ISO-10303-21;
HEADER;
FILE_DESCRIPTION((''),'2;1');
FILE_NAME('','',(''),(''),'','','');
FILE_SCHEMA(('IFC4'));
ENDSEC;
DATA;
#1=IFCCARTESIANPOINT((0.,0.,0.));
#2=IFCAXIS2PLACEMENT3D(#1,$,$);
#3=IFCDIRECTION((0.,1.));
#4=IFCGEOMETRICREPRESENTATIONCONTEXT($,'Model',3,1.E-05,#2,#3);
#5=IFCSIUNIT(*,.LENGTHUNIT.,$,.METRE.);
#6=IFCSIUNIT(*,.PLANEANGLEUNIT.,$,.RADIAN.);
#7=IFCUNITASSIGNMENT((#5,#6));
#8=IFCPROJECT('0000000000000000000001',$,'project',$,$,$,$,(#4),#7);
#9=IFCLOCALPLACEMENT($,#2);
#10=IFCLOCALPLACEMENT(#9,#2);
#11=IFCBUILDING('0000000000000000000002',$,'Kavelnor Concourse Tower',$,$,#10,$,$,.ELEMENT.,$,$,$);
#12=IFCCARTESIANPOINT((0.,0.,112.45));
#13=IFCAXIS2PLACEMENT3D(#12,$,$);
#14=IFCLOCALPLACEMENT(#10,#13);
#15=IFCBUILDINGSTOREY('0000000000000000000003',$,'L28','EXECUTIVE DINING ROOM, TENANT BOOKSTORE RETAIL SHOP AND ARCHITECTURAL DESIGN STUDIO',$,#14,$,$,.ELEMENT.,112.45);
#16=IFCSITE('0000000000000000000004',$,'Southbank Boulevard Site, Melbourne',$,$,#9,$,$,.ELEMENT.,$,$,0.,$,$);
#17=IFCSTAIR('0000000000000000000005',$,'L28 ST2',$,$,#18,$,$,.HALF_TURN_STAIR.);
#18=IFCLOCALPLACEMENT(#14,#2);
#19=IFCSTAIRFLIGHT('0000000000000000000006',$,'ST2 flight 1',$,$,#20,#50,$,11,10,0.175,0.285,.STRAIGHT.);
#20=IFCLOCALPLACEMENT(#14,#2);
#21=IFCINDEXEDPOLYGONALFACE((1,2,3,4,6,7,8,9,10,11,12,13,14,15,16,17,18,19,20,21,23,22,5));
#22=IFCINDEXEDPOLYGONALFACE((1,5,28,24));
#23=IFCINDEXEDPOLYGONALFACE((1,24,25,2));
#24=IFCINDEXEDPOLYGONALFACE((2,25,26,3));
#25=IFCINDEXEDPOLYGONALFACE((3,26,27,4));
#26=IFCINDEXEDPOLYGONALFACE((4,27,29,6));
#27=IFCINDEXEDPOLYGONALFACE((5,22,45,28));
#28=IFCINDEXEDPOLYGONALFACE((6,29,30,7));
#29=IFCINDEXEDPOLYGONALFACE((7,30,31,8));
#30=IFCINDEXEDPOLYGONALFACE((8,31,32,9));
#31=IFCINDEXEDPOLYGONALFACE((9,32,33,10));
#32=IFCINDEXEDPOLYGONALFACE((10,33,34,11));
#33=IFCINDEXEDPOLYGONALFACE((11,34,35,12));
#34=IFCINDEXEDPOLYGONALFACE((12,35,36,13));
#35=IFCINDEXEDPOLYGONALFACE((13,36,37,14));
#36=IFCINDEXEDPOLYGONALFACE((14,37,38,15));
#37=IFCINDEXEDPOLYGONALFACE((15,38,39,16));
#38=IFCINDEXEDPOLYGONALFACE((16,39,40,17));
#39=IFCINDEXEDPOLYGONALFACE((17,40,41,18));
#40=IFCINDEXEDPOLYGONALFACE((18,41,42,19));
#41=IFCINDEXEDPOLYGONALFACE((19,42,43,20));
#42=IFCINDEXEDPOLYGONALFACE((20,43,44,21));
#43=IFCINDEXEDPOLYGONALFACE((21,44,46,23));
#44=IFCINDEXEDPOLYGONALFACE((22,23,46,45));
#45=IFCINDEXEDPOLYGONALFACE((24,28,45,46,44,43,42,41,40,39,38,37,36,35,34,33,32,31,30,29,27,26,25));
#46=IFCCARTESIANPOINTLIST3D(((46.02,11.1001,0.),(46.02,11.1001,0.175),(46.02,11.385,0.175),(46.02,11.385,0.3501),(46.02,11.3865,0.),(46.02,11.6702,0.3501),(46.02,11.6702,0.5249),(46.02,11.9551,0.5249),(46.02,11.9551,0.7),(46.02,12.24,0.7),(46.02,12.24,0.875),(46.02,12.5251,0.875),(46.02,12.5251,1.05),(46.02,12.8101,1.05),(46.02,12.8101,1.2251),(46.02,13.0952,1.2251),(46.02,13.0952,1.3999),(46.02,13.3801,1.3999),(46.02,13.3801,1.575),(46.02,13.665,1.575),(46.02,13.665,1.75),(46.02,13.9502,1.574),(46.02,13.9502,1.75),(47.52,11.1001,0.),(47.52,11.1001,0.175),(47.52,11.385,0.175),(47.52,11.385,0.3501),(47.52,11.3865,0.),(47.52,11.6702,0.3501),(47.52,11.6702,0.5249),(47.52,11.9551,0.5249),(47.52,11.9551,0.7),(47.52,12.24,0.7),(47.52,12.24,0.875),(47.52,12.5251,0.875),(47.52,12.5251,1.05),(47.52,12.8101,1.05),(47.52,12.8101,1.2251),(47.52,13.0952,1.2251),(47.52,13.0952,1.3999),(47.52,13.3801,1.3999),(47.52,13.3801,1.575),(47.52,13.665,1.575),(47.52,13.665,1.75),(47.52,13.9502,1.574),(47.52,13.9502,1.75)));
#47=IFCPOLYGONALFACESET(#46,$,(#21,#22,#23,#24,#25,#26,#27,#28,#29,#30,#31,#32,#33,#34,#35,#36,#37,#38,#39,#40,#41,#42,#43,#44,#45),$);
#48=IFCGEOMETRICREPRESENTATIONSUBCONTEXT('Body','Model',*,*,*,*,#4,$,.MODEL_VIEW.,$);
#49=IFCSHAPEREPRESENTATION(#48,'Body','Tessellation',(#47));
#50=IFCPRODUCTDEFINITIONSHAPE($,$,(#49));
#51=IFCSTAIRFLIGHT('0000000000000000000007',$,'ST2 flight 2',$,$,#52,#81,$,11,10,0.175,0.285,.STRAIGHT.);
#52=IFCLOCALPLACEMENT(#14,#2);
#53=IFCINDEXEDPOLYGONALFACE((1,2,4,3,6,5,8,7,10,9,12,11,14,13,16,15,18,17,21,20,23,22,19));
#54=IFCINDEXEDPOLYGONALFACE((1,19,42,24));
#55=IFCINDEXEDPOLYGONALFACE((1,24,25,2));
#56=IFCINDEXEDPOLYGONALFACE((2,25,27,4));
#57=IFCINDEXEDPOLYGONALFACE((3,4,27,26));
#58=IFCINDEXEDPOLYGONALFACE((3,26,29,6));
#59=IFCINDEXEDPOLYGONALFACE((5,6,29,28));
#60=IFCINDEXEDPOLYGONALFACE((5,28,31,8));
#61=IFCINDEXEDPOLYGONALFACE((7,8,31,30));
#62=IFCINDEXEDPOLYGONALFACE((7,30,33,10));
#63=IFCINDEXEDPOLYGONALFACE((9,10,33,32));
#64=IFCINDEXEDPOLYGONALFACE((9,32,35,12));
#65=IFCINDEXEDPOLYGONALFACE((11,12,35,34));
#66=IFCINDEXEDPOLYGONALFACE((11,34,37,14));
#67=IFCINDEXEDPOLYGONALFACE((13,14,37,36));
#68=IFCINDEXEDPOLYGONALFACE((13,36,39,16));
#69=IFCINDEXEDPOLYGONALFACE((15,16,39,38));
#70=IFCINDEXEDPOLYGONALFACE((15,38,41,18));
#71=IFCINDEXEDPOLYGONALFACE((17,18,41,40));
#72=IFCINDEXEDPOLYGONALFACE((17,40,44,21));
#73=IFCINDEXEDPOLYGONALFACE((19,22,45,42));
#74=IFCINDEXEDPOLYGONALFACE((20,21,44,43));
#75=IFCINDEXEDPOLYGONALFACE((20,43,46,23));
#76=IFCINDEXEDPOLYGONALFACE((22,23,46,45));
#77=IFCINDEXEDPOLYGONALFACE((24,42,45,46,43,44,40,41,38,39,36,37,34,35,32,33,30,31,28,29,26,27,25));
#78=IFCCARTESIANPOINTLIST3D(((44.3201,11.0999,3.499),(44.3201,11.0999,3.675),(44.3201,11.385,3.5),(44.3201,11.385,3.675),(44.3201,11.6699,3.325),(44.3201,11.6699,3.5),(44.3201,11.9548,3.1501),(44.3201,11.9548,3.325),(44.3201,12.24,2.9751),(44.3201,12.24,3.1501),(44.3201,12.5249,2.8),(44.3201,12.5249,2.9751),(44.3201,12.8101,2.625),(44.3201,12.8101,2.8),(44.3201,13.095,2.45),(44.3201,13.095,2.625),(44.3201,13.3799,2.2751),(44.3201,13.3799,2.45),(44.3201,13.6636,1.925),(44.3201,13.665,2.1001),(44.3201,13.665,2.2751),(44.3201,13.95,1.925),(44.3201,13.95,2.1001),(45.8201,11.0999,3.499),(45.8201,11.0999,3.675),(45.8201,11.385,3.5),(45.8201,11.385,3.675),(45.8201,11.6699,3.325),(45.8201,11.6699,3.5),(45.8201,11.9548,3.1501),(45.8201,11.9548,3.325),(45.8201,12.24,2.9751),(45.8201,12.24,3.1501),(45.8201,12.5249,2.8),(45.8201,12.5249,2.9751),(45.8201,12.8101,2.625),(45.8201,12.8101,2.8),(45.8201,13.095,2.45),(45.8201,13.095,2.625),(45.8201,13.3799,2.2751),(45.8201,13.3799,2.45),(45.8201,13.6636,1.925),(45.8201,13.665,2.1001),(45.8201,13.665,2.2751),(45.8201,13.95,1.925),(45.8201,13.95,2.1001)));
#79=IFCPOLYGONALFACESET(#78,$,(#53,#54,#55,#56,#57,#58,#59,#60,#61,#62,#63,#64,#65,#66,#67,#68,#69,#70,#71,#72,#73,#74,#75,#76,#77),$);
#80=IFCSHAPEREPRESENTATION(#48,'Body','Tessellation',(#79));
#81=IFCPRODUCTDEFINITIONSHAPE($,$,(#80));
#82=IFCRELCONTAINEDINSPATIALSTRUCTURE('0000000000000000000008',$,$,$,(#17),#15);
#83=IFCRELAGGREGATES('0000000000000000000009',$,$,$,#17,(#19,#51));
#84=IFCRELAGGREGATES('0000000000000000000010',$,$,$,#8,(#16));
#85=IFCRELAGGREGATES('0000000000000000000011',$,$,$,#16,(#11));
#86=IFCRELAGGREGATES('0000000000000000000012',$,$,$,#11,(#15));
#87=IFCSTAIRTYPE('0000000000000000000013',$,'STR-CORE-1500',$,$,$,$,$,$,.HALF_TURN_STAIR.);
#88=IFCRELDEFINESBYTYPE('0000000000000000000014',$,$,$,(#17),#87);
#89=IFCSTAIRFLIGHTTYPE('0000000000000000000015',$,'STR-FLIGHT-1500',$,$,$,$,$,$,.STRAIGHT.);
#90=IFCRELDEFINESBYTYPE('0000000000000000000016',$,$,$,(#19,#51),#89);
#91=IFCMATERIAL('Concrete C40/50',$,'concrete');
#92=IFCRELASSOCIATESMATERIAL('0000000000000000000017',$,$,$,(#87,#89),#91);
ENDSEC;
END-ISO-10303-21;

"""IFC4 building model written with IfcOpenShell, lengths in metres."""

from ifc_helpers import new_model, si_unit, direction, frame, origin, place, context, subcontext, project, spatial, polyline, outline, extrude, material, type_object, element, aggregate, save


model = new_model("IFC4")

# Units and contexts
model_context = context("Model", 3, precision=1e-05, world=origin(), true_north=direction((0.0, 1.0)))
body_context = subcontext(model_context, "Body", "Model", "MODEL_VIEW")
ifc_project = project(units=[si_unit("LENGTHUNIT", "METRE"), si_unit("PLANEANGLEUNIT", "RADIAN")], contexts=[model_context])

# Site, building, storey
site_placement = place(None, origin())
site = spatial("IfcSite", under=ifc_project, at=site_placement, Name="Southbank Boulevard Site, Melbourne", CompositionType="ELEMENT", RefElevation=0.0)
building_placement = place(site_placement, origin())
building = spatial("IfcBuilding", under=site, at=building_placement, Name="Kavelnor Concourse Tower", CompositionType="ELEMENT")
storey_placement = place(building_placement, frame((0.0, 0.0, 112.45)))
storey = spatial("IfcBuildingStorey", under=building, at=storey_placement, Name="L28", Description="EXECUTIVE DINING ROOM, TENANT BOOKSTORE RETAIL SHOP AND ARCHITECTURAL DESIGN STUDIO", CompositionType="ELEMENT", Elevation=112.45)

# Stair, stair flights
ifc_material_1 = material(Name="Concrete C40/50", Category="concrete")
stair_type = type_object("IfcStairType", Name="STR-CORE-1500", PredefinedType="HALF_TURN_STAIR", material=ifc_material_1)
stair_placement = place(storey_placement, origin())
stair = element("IfcStair", 1, at=stair_placement, inside=storey, type_object=stair_type, Name="L28 ST2", PredefinedType="HALF_TURN_STAIR")
stair_flight_type = type_object("IfcStairFlightType", Name="STR-FLIGHT-1500", PredefinedType="STRAIGHT", material=ifc_material_1)
stair_flight_1_placement = place(storey_placement, frame((46.77, 11.1001, 0.0), z_axis=(0.0, 0.0, 1.0), x_axis=(0.0, 1.0, 0.0)))
stair_flight_1 = element("IfcStairFlight", 2, at=stair_flight_1_placement, type_object=stair_flight_type, Name="ST2 flight 1", NumberOfRisers=11, NumberOfTreads=10, PredefinedType="STRAIGHT", RiserHeight=0.175, TreadLength=0.285, context=body_context, shape_type="SweptSolid", body=[
    extrude(outline(polyline([(0.0, 0.0), (0.0, 0.175), (0.2849, 0.175), (0.2849, 0.3501), (0.5701, 0.3501), (0.5701, 0.5249), (0.855, 0.5249), (0.855, 0.7), (1.1399, 0.7), (1.1399, 0.875), (1.425, 0.875), (1.425, 1.05), (1.71, 1.05), (1.71, 1.2251), (1.9951, 1.2251), (1.9951, 1.3999), (2.28, 1.3999), (2.28, 1.575), (2.5649, 1.575), (2.5649, 1.75), (2.8501, 1.75), (2.8501, 1.925), (2.8501, 1.574), (0.2864, 0.0), (0.0, 0.0)])), frame((0.0, 0.75, 0.0), z_axis=(0.0, -1.0, 0.0), x_axis=(1.0, 0.0, 0.0)), (0.0, 0.0, 1.0), 1.5),
])
stair_flight_2_placement = place(storey_placement, frame((45.0701, 13.95, 1.925), z_axis=(0.0, 0.0, 1.0), x_axis=(0.0, -1.0, 0.0)))
stair_flight_2 = element("IfcStairFlight", 3, at=stair_flight_2_placement, type_object=stair_flight_type, Name="ST2 flight 2", NumberOfRisers=11, NumberOfTreads=10, PredefinedType="STRAIGHT", RiserHeight=0.175, TreadLength=0.285, context=body_context, shape_type="SweptSolid", body=[
    extrude(outline(polyline([(0.0, 0.0), (0.0, 0.175), (0.2849, 0.175), (0.2849, 0.3501), (0.5701, 0.3501), (0.5701, 0.5249), (0.855, 0.5249), (0.855, 0.7), (1.1399, 0.7), (1.1399, 0.875), (1.425, 0.875), (1.425, 1.05), (1.71, 1.05), (1.71, 1.2251), (1.9951, 1.2251), (1.9951, 1.3999), (2.28, 1.3999), (2.28, 1.575), (2.5649, 1.575), (2.5649, 1.75), (2.8501, 1.75), (2.8501, 1.925), (2.8501, 1.574), (0.2864, 0.0), (0.0, 0.0)])), frame((0.0, 0.75, 0.0), z_axis=(0.0, -1.0, 0.0), x_axis=(1.0, 0.0, 0.0)), (0.0, 0.0, 1.0), 1.5),
])
aggregate(stair, [stair_flight_1, stair_flight_2])

save(model, "model.ifc")
